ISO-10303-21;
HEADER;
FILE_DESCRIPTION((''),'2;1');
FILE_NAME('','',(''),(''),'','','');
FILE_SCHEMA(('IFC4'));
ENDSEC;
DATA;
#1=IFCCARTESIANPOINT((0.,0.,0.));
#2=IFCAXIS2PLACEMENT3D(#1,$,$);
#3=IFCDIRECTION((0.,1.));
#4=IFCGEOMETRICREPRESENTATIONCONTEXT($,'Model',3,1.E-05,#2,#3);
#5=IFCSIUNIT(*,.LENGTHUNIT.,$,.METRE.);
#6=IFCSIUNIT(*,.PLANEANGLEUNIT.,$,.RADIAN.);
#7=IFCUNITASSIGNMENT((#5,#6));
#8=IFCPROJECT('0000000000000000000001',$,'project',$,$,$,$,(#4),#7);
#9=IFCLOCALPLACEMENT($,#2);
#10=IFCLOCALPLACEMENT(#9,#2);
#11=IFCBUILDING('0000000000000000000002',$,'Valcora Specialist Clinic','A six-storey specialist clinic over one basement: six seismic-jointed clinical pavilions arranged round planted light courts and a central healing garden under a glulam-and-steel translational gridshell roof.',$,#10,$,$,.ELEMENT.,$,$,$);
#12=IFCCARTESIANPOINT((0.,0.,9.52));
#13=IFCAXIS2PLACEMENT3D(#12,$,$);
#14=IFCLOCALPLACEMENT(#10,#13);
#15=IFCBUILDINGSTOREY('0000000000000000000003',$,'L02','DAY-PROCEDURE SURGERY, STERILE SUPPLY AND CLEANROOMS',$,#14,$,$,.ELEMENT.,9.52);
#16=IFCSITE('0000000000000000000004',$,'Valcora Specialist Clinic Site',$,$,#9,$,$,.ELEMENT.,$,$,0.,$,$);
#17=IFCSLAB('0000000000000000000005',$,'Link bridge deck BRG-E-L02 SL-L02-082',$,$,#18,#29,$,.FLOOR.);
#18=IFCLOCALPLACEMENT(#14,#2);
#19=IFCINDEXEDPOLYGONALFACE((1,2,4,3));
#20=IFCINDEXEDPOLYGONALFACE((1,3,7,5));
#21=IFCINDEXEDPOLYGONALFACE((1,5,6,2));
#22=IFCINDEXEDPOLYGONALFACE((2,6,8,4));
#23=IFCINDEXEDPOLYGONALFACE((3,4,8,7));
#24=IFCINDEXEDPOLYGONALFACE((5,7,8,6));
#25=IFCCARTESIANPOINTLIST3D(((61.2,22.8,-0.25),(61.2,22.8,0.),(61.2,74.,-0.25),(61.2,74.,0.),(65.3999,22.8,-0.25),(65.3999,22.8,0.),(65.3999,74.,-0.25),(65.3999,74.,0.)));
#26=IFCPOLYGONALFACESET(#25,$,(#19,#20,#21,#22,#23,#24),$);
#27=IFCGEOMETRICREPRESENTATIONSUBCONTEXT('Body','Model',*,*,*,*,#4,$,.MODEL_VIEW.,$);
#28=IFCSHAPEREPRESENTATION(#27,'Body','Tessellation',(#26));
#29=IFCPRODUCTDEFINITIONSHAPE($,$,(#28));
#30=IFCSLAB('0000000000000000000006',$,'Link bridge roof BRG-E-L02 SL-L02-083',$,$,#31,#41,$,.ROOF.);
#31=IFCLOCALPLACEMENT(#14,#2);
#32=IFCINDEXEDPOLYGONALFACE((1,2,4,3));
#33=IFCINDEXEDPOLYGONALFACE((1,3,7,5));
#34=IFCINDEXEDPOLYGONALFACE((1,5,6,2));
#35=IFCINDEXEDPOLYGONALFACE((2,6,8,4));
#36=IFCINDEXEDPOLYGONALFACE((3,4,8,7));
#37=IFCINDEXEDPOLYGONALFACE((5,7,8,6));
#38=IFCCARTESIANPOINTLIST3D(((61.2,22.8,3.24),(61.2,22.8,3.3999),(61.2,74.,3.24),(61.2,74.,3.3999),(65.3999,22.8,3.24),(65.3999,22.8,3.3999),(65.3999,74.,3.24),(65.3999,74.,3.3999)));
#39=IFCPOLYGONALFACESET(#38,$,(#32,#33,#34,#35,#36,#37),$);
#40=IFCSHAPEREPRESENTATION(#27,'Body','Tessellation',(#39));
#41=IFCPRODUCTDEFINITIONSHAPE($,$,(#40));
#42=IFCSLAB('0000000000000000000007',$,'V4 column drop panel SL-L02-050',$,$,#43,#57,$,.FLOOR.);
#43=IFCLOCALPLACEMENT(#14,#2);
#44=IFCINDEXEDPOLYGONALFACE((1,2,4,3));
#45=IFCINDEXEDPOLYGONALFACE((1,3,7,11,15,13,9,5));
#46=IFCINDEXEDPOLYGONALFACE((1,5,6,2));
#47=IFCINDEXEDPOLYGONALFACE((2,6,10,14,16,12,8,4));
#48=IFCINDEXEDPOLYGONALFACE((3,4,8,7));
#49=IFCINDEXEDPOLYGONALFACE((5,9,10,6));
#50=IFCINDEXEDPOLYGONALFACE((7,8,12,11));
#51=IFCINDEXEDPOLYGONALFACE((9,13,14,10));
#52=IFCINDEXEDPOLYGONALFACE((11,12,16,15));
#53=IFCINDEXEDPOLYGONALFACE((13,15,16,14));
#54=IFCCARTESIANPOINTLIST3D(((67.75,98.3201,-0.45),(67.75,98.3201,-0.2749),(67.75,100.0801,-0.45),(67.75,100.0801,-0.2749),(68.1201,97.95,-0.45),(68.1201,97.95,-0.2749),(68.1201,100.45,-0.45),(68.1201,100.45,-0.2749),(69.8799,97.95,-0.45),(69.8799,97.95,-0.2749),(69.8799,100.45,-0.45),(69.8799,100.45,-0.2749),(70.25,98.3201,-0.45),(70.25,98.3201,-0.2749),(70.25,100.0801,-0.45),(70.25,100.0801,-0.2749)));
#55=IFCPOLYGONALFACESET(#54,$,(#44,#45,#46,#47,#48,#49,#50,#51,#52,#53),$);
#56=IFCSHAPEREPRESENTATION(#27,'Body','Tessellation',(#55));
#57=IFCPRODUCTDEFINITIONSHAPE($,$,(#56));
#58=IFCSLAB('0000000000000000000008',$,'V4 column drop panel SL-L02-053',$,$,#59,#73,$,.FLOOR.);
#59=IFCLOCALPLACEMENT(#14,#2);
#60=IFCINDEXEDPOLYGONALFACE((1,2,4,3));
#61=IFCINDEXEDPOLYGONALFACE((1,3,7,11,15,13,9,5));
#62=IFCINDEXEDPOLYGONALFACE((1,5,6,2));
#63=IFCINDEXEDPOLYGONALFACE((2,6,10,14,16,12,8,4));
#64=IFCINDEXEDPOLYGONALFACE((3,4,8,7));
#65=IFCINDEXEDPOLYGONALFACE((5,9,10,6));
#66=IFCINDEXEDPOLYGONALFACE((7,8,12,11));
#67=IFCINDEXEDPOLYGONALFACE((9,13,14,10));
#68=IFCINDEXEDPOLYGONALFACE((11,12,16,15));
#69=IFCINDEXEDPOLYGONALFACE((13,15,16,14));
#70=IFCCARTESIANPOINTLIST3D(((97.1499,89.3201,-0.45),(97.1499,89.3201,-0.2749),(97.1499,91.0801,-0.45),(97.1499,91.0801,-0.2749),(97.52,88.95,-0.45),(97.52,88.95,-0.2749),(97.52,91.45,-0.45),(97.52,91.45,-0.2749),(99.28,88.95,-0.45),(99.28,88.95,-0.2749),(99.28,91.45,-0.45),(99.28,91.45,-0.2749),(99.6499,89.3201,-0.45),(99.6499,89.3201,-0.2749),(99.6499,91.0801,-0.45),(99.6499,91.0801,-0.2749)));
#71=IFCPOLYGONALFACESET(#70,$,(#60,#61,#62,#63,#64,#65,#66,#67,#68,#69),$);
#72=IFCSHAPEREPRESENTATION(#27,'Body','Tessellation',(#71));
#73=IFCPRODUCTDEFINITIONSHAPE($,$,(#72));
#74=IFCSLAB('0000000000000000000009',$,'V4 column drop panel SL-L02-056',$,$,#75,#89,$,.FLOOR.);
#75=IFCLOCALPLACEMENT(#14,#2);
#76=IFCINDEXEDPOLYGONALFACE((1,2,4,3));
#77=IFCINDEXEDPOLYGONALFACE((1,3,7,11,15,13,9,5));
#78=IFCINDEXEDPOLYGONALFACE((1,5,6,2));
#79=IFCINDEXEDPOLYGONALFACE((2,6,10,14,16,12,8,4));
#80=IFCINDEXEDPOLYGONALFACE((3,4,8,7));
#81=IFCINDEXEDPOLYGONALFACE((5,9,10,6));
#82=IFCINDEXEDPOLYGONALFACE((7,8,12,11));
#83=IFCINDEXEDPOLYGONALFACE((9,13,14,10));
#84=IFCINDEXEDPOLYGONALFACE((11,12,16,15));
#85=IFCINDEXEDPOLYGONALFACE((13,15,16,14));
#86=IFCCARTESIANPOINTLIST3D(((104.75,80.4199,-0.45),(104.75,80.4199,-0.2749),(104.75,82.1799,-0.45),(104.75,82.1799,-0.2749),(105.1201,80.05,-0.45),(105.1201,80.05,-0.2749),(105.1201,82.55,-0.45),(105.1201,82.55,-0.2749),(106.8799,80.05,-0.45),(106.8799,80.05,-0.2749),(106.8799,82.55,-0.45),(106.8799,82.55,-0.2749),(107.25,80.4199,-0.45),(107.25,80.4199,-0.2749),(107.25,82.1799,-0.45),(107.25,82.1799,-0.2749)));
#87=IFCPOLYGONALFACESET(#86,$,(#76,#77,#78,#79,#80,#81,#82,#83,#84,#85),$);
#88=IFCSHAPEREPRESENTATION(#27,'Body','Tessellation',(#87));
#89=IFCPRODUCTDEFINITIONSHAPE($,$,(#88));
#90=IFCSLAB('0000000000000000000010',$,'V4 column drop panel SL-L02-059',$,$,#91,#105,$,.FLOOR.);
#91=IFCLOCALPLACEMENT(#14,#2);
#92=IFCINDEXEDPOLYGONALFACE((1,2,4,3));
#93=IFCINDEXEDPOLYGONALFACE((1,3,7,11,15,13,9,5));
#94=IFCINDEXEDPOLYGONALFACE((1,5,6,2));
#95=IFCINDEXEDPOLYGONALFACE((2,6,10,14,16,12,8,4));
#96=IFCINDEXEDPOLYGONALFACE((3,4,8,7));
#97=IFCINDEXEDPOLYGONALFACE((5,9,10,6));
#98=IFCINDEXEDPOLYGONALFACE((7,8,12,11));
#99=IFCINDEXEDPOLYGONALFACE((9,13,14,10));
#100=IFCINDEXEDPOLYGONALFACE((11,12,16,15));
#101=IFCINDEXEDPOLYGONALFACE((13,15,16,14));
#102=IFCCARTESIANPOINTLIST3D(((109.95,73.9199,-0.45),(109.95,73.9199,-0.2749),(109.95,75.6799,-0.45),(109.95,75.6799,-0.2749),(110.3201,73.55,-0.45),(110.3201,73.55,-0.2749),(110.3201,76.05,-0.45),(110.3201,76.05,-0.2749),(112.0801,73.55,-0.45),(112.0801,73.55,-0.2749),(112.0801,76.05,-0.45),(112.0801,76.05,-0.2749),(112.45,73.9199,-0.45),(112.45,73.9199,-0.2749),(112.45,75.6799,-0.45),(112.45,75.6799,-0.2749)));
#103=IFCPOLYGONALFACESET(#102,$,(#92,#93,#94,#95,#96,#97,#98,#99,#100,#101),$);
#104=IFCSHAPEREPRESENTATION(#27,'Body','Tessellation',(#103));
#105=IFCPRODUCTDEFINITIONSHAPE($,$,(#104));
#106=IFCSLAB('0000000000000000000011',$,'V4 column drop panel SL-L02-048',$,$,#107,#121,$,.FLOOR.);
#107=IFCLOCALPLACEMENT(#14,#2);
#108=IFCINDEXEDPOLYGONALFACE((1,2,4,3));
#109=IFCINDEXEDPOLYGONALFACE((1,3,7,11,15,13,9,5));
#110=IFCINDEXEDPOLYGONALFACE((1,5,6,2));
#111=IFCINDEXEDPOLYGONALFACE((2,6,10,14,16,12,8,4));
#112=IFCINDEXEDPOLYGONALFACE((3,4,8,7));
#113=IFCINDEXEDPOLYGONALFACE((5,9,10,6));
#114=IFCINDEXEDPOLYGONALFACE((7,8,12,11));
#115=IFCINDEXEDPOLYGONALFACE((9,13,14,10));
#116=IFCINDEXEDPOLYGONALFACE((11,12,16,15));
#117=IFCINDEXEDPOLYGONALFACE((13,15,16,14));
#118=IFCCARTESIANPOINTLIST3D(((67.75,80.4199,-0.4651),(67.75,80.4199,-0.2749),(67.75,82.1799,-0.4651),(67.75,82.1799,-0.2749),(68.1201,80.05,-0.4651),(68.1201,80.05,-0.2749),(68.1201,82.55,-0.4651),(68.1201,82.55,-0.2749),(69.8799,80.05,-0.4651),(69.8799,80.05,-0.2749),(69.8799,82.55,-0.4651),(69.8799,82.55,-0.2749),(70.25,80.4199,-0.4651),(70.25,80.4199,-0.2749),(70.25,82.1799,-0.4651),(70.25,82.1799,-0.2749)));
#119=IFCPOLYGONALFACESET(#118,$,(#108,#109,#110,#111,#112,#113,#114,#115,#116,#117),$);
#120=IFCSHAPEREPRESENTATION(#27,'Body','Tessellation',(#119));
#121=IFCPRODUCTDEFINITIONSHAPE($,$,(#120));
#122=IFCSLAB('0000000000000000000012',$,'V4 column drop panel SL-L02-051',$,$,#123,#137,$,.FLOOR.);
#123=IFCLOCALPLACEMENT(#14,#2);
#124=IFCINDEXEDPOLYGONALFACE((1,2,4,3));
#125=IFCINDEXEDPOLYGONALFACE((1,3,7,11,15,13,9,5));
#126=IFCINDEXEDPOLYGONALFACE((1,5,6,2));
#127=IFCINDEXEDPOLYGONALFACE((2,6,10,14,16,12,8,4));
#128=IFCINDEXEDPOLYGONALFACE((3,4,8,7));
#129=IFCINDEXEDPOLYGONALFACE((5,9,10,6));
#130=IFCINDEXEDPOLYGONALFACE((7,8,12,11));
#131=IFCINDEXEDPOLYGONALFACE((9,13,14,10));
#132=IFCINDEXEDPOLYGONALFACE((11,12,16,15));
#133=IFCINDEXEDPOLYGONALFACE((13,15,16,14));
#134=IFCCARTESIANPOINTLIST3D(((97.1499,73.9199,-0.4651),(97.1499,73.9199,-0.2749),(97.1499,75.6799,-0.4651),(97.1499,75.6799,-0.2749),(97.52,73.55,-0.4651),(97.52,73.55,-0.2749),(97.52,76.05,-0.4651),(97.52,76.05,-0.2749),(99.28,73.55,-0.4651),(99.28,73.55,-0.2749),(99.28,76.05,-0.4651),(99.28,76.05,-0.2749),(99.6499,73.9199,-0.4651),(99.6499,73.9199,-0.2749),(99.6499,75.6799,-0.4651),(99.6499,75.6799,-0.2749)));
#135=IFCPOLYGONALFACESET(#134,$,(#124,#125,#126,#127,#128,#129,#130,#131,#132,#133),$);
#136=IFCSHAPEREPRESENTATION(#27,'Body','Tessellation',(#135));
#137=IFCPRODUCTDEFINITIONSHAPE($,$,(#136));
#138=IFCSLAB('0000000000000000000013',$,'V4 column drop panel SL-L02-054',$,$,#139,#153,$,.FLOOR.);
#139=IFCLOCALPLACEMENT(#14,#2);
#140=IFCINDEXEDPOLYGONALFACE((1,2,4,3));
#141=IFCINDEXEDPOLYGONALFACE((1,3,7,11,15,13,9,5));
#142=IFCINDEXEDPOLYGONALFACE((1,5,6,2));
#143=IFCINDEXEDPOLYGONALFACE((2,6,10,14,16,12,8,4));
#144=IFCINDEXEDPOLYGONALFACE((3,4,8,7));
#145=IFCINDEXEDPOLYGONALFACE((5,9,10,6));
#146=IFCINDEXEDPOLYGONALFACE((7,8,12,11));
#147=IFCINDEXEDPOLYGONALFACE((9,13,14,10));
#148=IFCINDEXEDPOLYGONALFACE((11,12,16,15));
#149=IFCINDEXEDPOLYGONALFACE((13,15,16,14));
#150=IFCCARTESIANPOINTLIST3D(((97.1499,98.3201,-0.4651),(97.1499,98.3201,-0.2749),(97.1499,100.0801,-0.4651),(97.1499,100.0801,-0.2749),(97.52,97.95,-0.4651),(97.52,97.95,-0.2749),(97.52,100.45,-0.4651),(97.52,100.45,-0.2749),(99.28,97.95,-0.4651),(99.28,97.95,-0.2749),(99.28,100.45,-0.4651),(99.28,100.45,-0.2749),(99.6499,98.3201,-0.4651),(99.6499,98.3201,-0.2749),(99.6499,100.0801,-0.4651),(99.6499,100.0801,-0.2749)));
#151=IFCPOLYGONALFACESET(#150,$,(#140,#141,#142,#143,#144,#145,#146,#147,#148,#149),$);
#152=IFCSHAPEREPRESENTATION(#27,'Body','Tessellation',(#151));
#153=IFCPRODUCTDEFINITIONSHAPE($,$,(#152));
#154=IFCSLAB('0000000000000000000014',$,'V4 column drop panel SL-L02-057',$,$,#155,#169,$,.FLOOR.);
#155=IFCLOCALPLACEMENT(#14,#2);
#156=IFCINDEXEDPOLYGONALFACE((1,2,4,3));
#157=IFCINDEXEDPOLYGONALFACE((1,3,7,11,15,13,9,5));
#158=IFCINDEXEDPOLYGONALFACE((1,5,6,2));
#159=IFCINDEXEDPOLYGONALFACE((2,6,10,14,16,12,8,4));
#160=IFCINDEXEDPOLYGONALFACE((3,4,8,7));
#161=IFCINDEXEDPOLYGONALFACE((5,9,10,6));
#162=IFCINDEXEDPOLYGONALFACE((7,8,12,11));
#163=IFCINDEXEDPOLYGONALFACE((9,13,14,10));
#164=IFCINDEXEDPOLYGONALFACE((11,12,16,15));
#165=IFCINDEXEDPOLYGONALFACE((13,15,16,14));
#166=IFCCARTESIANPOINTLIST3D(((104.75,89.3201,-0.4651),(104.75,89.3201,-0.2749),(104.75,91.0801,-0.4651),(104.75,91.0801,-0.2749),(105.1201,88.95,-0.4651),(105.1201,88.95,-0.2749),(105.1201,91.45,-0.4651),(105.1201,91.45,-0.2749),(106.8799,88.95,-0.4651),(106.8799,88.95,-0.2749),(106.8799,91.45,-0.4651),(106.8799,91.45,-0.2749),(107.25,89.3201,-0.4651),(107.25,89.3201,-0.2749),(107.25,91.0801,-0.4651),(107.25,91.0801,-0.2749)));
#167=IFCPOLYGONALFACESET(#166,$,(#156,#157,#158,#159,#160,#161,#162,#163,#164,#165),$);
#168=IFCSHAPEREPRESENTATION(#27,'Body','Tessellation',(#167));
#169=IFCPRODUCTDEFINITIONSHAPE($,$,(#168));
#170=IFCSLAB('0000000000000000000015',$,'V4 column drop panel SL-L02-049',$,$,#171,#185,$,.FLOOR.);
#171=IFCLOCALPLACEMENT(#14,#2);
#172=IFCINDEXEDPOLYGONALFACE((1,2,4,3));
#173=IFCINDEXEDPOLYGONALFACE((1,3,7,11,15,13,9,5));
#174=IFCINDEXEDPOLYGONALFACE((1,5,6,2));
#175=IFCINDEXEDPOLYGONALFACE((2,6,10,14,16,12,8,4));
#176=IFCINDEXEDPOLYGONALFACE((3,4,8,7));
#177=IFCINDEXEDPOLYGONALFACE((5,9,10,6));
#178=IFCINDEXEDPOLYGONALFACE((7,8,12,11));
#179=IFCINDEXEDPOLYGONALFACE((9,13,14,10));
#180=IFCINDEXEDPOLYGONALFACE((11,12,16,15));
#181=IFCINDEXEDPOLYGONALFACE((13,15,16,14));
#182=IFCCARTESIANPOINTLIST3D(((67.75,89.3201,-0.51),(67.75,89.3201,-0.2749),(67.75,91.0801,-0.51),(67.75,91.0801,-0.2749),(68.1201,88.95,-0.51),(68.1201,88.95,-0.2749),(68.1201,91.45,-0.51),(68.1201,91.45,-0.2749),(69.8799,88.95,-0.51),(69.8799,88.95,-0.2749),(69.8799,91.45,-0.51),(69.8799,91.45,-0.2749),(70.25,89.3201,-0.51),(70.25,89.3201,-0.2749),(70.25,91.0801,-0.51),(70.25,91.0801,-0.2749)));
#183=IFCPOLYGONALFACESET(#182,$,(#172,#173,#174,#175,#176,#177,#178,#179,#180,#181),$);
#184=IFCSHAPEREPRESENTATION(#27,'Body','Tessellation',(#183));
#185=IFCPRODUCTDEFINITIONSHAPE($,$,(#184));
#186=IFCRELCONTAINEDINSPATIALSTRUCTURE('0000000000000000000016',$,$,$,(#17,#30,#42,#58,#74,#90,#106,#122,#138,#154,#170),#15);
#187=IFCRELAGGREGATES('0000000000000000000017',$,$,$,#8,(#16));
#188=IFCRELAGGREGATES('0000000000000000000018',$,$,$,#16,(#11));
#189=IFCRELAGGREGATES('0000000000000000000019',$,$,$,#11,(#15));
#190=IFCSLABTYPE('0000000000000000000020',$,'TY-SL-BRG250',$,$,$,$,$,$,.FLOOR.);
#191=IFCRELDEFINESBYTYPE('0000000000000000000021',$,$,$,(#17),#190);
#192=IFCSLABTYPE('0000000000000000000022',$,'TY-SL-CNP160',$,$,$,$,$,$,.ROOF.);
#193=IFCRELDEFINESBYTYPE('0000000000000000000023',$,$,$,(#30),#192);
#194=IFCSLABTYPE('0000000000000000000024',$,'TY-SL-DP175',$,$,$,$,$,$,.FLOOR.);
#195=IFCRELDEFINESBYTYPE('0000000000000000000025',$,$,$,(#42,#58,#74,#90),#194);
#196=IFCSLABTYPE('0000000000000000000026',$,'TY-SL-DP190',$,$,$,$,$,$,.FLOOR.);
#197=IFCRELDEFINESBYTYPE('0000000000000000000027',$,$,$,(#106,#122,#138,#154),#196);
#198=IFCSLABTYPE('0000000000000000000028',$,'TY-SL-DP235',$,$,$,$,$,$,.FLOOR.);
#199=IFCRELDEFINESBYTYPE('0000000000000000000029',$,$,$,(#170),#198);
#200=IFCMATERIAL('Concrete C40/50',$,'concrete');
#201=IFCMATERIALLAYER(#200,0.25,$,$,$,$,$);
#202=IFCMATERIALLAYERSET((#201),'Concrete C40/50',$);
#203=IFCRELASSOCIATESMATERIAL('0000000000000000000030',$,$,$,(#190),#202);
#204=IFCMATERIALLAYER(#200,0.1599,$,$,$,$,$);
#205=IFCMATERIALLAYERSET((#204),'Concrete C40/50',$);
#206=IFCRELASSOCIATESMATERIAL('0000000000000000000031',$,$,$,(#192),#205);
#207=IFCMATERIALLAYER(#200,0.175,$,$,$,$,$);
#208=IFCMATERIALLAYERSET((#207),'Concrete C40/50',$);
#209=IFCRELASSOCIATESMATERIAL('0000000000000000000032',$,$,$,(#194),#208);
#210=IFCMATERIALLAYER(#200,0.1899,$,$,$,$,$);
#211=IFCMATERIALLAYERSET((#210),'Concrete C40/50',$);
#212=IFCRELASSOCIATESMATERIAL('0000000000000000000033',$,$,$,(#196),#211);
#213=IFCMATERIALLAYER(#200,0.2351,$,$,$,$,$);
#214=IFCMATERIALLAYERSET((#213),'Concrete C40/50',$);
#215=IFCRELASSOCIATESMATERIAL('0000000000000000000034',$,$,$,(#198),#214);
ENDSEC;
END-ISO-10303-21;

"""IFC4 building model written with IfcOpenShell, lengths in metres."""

from ifc_helpers import new_model, si_unit, direction, frame, origin, place, context, subcontext, project, spatial, polyline, outline, extrude, material, layer, layer_set, type_object, element, save


model = new_model("IFC4")

# Units and contexts
model_context = context("Model", 3, precision=1e-05, world=origin(), true_north=direction((0.0, 1.0)))
body_context = subcontext(model_context, "Body", "Model", "MODEL_VIEW")
ifc_project = project(units=[si_unit("LENGTHUNIT", "METRE"), si_unit("PLANEANGLEUNIT", "RADIAN")], contexts=[model_context])

# Site, building, storey
site_placement = place(None, origin())
site = spatial("IfcSite", under=ifc_project, at=site_placement, Name="Valcora Specialist Clinic Site", CompositionType="ELEMENT", RefElevation=0.0)
building_placement = place(site_placement, origin())
building = spatial("IfcBuilding", under=site, at=building_placement, Name="Valcora Specialist Clinic", Description="A six-storey specialist clinic over one basement: six seismic-jointed clinical pavilions arranged round planted light courts and a central healing garden under a glulam-and-steel translational gridshell roof.", CompositionType="ELEMENT")
storey_placement = place(building_placement, frame((0.0, 0.0, 9.52)))
storey = spatial("IfcBuildingStorey", under=building, at=storey_placement, Name="L02", Description="DAY-PROCEDURE SURGERY, STERILE SUPPLY AND CLEANROOMS", CompositionType="ELEMENT", Elevation=9.52)

# Slabs
ifc_material_1 = material(Name="Concrete C40/50", Category="concrete")
ifc_layer_1 = layer(ifc_material_1, 0.25)
ifc_layer_set_1 = layer_set([ifc_layer_1], Name="Concrete C40/50")
slab_type_1 = type_object("IfcSlabType", Name="TY-SL-BRG250", PredefinedType="FLOOR", material=ifc_layer_set_1)
slab_1_placement = place(storey_placement, frame((0.0, 0.0, -0.25)))
element("IfcSlab", 1, at=slab_1_placement, inside=storey, type_object=slab_type_1, Name="Link bridge deck BRG-E-L02 SL-L02-082", PredefinedType="FLOOR", context=body_context, shape_type="SweptSolid", body=[
    extrude(outline(polyline([(61.2, 22.8), (65.3999, 22.8), (65.3999, 74.0), (61.2, 74.0), (61.2, 22.8)])), origin(), (0.0, 0.0, 1.0), 0.25),
])
ifc_layer_2 = layer(ifc_material_1, 0.1599)
ifc_layer_set_2 = layer_set([ifc_layer_2], Name="Concrete C40/50")
slab_type_2 = type_object("IfcSlabType", Name="TY-SL-CNP160", PredefinedType="ROOF", material=ifc_layer_set_2)
slab_2_placement = place(storey_placement, frame((0.0, 0.0, 3.24)))
element("IfcSlab", 2, at=slab_2_placement, inside=storey, type_object=slab_type_2, Name="Link bridge roof BRG-E-L02 SL-L02-083", PredefinedType="ROOF", context=body_context, shape_type="SweptSolid", body=[
    extrude(outline(polyline([(61.2, 22.8), (65.3999, 22.8), (65.3999, 74.0), (61.2, 74.0), (61.2, 22.8)])), origin(), (0.0, 0.0, 1.0), 0.1599),
])
ifc_layer_3 = layer(ifc_material_1, 0.175)
ifc_layer_set_3 = layer_set([ifc_layer_3], Name="Concrete C40/50")
slab_type_3 = type_object("IfcSlabType", Name="TY-SL-DP175", PredefinedType="FLOOR", material=ifc_layer_set_3)
slab_3_placement = place(storey_placement, frame((0.0, 0.0, -0.45)))
element("IfcSlab", 3, at=slab_3_placement, inside=storey, type_object=slab_type_3, Name="V4 column drop panel SL-L02-050", PredefinedType="FLOOR", context=body_context, shape_type="SweptSolid", body=[
    extrude(outline(polyline([(68.1201, 97.95), (69.8799, 97.95), (70.25, 98.3201), (70.25, 100.0801), (69.8799, 100.45), (68.1201, 100.45), (67.75, 100.0801), (67.75, 98.3201), (68.1201, 97.95)])), origin(), (0.0, 0.0, 1.0), 0.175),
])
slab_4_placement = place(storey_placement, frame((0.0, 0.0, -0.45)))
element("IfcSlab", 4, at=slab_4_placement, inside=storey, type_object=slab_type_3, Name="V4 column drop panel SL-L02-053", PredefinedType="FLOOR", context=body_context, shape_type="SweptSolid", body=[
    extrude(outline(polyline([(97.52, 88.95), (99.28, 88.95), (99.6499, 89.3201), (99.6499, 91.0801), (99.28, 91.45), (97.52, 91.45), (97.1499, 91.0801), (97.1499, 89.3201), (97.52, 88.95)])), origin(), (0.0, 0.0, 1.0), 0.175),
])
slab_5_placement = place(storey_placement, frame((0.0, 0.0, -0.45)))
element("IfcSlab", 5, at=slab_5_placement, inside=storey, type_object=slab_type_3, Name="V4 column drop panel SL-L02-056", PredefinedType="FLOOR", context=body_context, shape_type="SweptSolid", body=[
    extrude(outline(polyline([(105.1201, 80.05), (106.8799, 80.05), (107.25, 80.4199), (107.25, 82.1799), (106.8799, 82.55), (105.1201, 82.55), (104.75, 82.1799), (104.75, 80.4199), (105.1201, 80.05)])), origin(), (0.0, 0.0, 1.0), 0.175),
])
slab_6_placement = place(storey_placement, frame((0.0, 0.0, -0.45)))
element("IfcSlab", 6, at=slab_6_placement, inside=storey, type_object=slab_type_3, Name="V4 column drop panel SL-L02-059", PredefinedType="FLOOR", context=body_context, shape_type="SweptSolid", body=[
    extrude(outline(polyline([(110.3201, 73.55), (112.0801, 73.55), (112.45, 73.9199), (112.45, 75.6799), (112.0801, 76.05), (110.3201, 76.05), (109.95, 75.6799), (109.95, 73.9199), (110.3201, 73.55)])), origin(), (0.0, 0.0, 1.0), 0.175),
])
ifc_layer_4 = layer(ifc_material_1, 0.1899)
ifc_layer_set_4 = layer_set([ifc_layer_4], Name="Concrete C40/50")
slab_type_4 = type_object("IfcSlabType", Name="TY-SL-DP190", PredefinedType="FLOOR", material=ifc_layer_set_4)
slab_7_placement = place(storey_placement, frame((0.0, 0.0, -0.4651)))
element("IfcSlab", 7, at=slab_7_placement, inside=storey, type_object=slab_type_4, Name="V4 column drop panel SL-L02-048", PredefinedType="FLOOR", context=body_context, shape_type="SweptSolid", body=[
    extrude(outline(polyline([(68.1201, 80.05), (69.8799, 80.05), (70.25, 80.4199), (70.25, 82.1799), (69.8799, 82.55), (68.1201, 82.55), (67.75, 82.1799), (67.75, 80.4199), (68.1201, 80.05)])), origin(), (0.0, 0.0, 1.0), 0.1902),
])
slab_8_placement = place(storey_placement, frame((0.0, 0.0, -0.4651)))
element("IfcSlab", 8, at=slab_8_placement, inside=storey, type_object=slab_type_4, Name="V4 column drop panel SL-L02-051", PredefinedType="FLOOR", context=body_context, shape_type="SweptSolid", body=[
    extrude(outline(polyline([(97.52, 73.55), (99.28, 73.55), (99.6499, 73.9199), (99.6499, 75.6799), (99.28, 76.05), (97.52, 76.05), (97.1499, 75.6799), (97.1499, 73.9199), (97.52, 73.55)])), origin(), (0.0, 0.0, 1.0), 0.1902),
])
slab_9_placement = place(storey_placement, frame((0.0, 0.0, -0.4651)))
element("IfcSlab", 9, at=slab_9_placement, inside=storey, type_object=slab_type_4, Name="V4 column drop panel SL-L02-054", PredefinedType="FLOOR", context=body_context, shape_type="SweptSolid", body=[
    extrude(outline(polyline([(97.52, 97.95), (99.28, 97.95), (99.6499, 98.3201), (99.6499, 100.0801), (99.28, 100.45), (97.52, 100.45), (97.1499, 100.0801), (97.1499, 98.3201), (97.52, 97.95)])), origin(), (0.0, 0.0, 1.0), 0.1902),
])
slab_10_placement = place(storey_placement, frame((0.0, 0.0, -0.4651)))
element("IfcSlab", 10, at=slab_10_placement, inside=storey, type_object=slab_type_4, Name="V4 column drop panel SL-L02-057", PredefinedType="FLOOR", context=body_context, shape_type="SweptSolid", body=[
    extrude(outline(polyline([(105.1201, 88.95), (106.8799, 88.95), (107.25, 89.3201), (107.25, 91.0801), (106.8799, 91.45), (105.1201, 91.45), (104.75, 91.0801), (104.75, 89.3201), (105.1201, 88.95)])), origin(), (0.0, 0.0, 1.0), 0.1902),
])
ifc_layer_5 = layer(ifc_material_1, 0.2351)
ifc_layer_set_5 = layer_set([ifc_layer_5], Name="Concrete C40/50")
slab_type_5 = type_object("IfcSlabType", Name="TY-SL-DP235", PredefinedType="FLOOR", material=ifc_layer_set_5)
slab_11_placement = place(storey_placement, frame((0.0, 0.0, -0.51)))
element("IfcSlab", 11, at=slab_11_placement, inside=storey, type_object=slab_type_5, Name="V4 column drop panel SL-L02-049", PredefinedType="FLOOR", context=body_context, shape_type="SweptSolid", body=[
    extrude(outline(polyline([(68.1201, 88.95), (69.8799, 88.95), (70.25, 89.3201), (70.25, 91.0801), (69.8799, 91.45), (68.1201, 91.45), (67.75, 91.0801), (67.75, 89.3201), (68.1201, 88.95)])), origin(), (0.0, 0.0, 1.0), 0.2351),
])

save(model, "model.ifc")
